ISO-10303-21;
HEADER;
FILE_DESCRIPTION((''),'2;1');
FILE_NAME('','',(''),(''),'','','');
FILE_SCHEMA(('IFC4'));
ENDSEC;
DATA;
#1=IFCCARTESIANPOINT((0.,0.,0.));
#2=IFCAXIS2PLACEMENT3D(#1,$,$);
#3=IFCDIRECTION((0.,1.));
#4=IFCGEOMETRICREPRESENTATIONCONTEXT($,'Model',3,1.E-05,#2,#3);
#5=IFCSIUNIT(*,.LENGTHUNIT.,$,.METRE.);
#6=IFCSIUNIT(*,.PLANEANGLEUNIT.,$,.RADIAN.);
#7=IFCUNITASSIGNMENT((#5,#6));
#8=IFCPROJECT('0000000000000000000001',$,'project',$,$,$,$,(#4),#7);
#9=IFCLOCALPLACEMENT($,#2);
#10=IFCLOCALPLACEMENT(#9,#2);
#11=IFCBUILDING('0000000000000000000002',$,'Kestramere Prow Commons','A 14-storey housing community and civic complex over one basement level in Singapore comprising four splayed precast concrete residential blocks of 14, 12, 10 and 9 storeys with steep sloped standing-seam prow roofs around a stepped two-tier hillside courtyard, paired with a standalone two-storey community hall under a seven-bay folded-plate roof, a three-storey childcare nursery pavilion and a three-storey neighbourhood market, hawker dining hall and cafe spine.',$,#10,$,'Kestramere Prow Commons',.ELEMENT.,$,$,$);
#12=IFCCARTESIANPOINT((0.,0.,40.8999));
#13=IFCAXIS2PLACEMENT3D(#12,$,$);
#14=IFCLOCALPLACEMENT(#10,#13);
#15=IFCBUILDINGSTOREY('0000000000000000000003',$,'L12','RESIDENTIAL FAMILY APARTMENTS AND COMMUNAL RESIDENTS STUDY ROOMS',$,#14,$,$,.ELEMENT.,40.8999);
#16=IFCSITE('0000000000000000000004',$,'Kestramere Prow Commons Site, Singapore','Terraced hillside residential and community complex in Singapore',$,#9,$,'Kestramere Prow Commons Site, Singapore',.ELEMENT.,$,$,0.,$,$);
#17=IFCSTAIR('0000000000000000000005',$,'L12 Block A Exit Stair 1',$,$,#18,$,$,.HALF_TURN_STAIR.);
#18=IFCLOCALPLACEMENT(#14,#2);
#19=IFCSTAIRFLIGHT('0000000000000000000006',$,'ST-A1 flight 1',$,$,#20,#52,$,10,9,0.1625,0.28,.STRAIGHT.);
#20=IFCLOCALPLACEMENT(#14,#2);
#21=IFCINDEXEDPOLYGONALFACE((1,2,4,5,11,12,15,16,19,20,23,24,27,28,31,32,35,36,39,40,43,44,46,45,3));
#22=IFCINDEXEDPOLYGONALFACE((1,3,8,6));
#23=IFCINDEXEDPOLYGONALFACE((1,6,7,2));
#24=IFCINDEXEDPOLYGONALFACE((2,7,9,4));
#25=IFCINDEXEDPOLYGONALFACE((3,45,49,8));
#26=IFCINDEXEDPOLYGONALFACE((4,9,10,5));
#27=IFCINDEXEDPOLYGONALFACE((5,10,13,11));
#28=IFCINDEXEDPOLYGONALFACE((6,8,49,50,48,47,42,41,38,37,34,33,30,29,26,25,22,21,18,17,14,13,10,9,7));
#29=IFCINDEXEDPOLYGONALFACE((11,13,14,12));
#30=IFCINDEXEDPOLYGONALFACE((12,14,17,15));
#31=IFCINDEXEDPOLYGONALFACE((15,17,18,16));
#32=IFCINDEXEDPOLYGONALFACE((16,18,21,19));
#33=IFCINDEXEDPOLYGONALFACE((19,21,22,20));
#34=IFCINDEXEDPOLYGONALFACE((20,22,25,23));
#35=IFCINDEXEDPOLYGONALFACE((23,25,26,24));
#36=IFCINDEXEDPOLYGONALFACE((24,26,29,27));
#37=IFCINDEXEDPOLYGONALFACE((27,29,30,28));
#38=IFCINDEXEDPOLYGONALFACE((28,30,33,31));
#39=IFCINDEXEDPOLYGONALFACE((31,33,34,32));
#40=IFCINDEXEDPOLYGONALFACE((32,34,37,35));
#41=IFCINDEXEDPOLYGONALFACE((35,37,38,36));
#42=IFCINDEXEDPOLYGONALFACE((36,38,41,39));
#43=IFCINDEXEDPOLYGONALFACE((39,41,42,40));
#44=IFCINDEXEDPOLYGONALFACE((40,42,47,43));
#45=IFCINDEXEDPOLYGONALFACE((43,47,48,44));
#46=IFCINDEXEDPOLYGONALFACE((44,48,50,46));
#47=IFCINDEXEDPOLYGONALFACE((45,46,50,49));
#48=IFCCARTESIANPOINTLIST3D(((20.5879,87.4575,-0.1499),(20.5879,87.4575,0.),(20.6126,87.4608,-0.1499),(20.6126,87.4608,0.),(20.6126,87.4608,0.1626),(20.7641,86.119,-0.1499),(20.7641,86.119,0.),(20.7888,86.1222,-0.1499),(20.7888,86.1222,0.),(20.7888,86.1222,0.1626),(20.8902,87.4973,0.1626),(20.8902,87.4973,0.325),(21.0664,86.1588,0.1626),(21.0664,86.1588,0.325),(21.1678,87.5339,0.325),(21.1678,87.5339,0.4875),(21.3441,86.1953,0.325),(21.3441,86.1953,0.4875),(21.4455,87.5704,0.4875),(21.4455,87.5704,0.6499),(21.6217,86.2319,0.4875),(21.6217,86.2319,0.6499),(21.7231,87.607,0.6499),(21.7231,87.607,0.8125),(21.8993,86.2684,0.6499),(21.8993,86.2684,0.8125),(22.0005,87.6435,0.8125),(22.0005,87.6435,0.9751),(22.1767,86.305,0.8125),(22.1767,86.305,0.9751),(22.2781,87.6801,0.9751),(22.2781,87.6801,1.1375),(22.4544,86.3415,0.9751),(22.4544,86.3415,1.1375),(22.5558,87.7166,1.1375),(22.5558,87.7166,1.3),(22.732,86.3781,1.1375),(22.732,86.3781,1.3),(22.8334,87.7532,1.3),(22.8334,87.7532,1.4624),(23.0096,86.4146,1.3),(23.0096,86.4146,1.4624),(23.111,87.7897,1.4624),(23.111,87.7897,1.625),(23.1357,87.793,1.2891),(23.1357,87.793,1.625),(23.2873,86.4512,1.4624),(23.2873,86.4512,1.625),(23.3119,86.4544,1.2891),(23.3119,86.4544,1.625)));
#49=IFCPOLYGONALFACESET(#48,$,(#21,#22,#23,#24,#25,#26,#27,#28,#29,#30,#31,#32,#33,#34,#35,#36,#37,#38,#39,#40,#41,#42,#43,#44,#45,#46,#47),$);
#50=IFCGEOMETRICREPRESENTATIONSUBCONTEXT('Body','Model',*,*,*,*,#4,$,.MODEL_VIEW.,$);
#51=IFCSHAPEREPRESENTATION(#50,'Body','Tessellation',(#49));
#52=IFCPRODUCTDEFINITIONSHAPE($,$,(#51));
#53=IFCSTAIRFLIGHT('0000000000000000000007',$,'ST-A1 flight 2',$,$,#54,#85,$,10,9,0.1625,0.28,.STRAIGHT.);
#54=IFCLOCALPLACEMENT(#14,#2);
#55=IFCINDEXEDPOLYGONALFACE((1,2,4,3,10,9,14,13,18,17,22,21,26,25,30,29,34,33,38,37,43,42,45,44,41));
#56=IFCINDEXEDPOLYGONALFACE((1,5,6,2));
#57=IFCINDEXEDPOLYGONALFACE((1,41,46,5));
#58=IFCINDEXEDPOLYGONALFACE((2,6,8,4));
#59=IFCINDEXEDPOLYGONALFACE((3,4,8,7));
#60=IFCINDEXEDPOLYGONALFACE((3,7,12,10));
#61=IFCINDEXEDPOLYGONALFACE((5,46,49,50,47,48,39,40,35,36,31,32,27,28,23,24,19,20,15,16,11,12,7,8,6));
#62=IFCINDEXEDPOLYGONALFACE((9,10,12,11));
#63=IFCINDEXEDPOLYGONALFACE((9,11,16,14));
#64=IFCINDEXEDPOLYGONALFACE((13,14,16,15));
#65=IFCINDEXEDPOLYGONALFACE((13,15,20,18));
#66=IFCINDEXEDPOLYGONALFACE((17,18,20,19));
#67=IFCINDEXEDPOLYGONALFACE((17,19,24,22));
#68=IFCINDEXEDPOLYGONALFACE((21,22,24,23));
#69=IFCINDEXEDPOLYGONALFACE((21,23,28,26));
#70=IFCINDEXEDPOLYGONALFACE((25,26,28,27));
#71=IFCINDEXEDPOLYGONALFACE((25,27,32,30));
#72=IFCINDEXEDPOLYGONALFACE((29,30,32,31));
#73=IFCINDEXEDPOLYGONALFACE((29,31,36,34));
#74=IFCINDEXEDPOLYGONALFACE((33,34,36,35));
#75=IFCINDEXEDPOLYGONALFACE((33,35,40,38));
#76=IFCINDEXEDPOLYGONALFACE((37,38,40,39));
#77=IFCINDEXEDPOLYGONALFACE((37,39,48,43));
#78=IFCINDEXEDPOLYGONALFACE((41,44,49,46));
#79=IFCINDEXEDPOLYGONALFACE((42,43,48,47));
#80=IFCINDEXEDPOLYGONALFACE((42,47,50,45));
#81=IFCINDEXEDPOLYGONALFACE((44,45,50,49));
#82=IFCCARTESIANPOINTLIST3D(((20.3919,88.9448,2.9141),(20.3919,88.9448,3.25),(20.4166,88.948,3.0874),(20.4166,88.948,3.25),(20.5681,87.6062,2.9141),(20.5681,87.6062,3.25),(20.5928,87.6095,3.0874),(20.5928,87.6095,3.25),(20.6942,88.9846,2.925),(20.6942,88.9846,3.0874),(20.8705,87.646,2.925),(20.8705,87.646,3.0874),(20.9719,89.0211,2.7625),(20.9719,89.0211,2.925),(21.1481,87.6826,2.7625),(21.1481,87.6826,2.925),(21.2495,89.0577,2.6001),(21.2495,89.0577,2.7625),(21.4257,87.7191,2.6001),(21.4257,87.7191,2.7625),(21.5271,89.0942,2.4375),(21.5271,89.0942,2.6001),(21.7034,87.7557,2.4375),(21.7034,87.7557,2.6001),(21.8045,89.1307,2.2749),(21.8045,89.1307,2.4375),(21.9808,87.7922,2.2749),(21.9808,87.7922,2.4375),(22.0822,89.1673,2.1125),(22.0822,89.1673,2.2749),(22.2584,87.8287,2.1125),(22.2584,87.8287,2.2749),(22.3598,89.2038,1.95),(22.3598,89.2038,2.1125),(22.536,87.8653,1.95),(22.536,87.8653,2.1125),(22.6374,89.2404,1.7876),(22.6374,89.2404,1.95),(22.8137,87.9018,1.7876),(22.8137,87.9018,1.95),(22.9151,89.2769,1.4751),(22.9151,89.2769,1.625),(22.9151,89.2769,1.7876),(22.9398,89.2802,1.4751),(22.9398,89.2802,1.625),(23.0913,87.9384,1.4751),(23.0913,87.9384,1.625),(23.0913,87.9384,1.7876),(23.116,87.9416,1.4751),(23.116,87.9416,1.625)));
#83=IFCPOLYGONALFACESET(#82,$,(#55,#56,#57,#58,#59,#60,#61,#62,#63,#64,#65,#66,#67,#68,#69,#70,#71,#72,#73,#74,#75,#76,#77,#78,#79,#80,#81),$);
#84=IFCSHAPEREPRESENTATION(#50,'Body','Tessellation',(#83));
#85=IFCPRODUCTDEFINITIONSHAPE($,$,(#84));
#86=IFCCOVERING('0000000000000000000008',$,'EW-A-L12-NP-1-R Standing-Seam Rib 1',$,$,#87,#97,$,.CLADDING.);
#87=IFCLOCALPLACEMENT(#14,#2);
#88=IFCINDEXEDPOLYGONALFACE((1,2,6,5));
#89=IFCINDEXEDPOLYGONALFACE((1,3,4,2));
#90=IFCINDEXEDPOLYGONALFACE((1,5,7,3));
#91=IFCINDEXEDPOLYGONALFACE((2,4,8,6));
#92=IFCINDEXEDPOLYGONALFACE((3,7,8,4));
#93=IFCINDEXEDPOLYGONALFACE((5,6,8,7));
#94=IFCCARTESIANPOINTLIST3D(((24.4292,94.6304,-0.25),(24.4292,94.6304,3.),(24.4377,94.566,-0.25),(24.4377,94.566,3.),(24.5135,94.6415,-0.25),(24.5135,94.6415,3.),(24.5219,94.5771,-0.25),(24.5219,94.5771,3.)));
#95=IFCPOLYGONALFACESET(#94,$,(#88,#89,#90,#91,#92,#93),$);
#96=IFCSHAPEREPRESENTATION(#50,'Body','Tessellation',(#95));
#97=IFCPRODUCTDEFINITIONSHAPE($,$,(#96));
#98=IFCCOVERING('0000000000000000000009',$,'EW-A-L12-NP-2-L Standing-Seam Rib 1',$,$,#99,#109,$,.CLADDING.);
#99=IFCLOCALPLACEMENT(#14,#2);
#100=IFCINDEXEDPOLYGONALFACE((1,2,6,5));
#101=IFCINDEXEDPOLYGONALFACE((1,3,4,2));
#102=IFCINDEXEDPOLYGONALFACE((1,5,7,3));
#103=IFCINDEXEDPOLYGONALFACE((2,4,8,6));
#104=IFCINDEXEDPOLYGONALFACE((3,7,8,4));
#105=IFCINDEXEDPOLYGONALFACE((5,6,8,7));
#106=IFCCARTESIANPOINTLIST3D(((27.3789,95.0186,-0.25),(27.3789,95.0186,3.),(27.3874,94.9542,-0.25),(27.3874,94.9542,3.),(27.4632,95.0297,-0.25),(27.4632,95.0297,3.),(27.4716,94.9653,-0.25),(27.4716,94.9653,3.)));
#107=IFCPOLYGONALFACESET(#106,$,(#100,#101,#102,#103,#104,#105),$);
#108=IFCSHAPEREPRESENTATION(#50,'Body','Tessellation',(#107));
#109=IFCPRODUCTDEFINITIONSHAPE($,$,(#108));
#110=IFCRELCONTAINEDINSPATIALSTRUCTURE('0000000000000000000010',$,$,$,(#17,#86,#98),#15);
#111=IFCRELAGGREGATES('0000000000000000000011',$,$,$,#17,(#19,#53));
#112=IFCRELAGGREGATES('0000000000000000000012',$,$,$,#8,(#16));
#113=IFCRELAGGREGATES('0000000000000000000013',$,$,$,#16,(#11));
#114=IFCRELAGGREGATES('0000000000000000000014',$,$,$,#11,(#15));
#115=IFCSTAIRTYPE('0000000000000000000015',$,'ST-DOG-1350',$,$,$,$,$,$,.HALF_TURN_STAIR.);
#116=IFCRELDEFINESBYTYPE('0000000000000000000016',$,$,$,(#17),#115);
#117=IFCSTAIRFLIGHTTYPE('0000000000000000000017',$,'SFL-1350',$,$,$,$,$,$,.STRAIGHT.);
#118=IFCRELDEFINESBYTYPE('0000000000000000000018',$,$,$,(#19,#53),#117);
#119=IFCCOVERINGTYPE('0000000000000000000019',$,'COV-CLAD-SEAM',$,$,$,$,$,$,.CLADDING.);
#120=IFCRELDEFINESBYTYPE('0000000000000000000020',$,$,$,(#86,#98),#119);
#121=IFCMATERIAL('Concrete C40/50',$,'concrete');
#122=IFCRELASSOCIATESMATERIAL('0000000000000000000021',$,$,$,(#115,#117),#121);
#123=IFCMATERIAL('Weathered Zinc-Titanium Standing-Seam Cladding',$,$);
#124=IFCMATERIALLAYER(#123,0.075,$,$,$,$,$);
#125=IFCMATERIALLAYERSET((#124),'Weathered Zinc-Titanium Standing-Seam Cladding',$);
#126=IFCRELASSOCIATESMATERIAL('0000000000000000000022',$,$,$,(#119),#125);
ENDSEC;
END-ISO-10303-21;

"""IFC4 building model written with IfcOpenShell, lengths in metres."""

from ifc_helpers import new_model, si_unit, direction, frame, origin, origin_2d, place, context, subcontext, project, spatial, polyline, rectangle, outline, extrude, material, layer, layer_set, type_object, element, aggregate, save


model = new_model("IFC4")

# Units and contexts
model_context = context("Model", 3, precision=1e-05, world=origin(), true_north=direction((0.0, 1.0)))
body_context = subcontext(model_context, "Body", "Model", "MODEL_VIEW")
ifc_project = project(units=[si_unit("LENGTHUNIT", "METRE"), si_unit("PLANEANGLEUNIT", "RADIAN")], contexts=[model_context])

# Site, building, storey
site_placement = place(None, origin())
site = spatial("IfcSite", under=ifc_project, at=site_placement, Name="Kestramere Prow Commons Site, Singapore", Description="Terraced hillside residential and community complex in Singapore", LongName="Kestramere Prow Commons Site, Singapore", CompositionType="ELEMENT", RefElevation=0.0)
building_placement = place(site_placement, origin())
building = spatial("IfcBuilding", under=site, at=building_placement, Name="Kestramere Prow Commons", Description="A 14-storey housing community and civic complex over one basement level in Singapore comprising four splayed precast concrete residential blocks of 14, 12, 10 and 9 storeys with steep sloped standing-seam prow roofs around a stepped two-tier hillside courtyard, paired with a standalone two-storey community hall under a seven-bay folded-plate roof, a three-storey childcare nursery pavilion and a three-storey neighbourhood market, hawker dining hall and cafe spine.", LongName="Kestramere Prow Commons", CompositionType="ELEMENT")
storey_placement = place(building_placement, frame((0.0, 0.0, 40.8999)))
storey = spatial("IfcBuildingStorey", under=building, at=storey_placement, Name="L12", Description="RESIDENTIAL FAMILY APARTMENTS AND COMMUNAL RESIDENTS STUDY ROOMS", CompositionType="ELEMENT", Elevation=40.8999)

# Shared definitions
ifc_material_1 = material(Name="Concrete C40/50", Category="concrete")

# Stair, stair flights
stair_type = type_object("IfcStairType", Name="ST-DOG-1350", PredefinedType="HALF_TURN_STAIR", material=ifc_material_1)
stair_placement = place(storey_placement, origin())
stair = element("IfcStair", 1, at=stair_placement, inside=storey, type_object=stair_type, Name="L12 Block A Exit Stair 1", PredefinedType="HALF_TURN_STAIR")
stair_flight_type = type_object("IfcStairFlightType", Name="SFL-1350", PredefinedType="STRAIGHT", material=ifc_material_1)
stair_flight_1_placement = place(storey_placement, frame((20.7007, 86.7915, 0.0), z_axis=(0.0, 0.0, 1.0), x_axis=(0.991445, 0.130526, 0.0)))
stair_flight_1 = element("IfcStairFlight", 2, at=stair_flight_1_placement, type_object=stair_flight_type, Name="ST-A1 flight 1", NumberOfRisers=10, NumberOfTreads=9, PredefinedType="STRAIGHT", RiserHeight=0.1625, TreadLength=0.28, context=body_context, shape_type="SweptSolid", body=[
    extrude(outline(polyline([(-0.0249, 0.0), (0.0, 0.0), (0.0, 0.1626), (0.28, 0.1626), (0.28, 0.325), (0.5601, 0.325), (0.5601, 0.4875), (0.8401, 0.4875), (0.8401, 0.6499), (1.1201, 0.6499), (1.1201, 0.8125), (1.3999, 0.8125), (1.3999, 0.9751), (1.6799, 0.9751), (1.6799, 1.1375), (1.96, 1.1375), (1.96, 1.3), (2.24, 1.3), (2.24, 1.4624), (2.52, 1.4624), (2.52, 1.625), (2.5449, 1.625), (2.5449, 1.2891), (0.0, -0.1499), (-0.0249, -0.1499), (-0.0249, 0.0)])), frame((0.0, 0.675, 0.0), z_axis=(0.0, -1.0, 0.0), x_axis=(1.0, 0.0, 0.0)), (0.0, 0.0, 1.0), 1.3501),
])
stair_flight_2_placement = place(storey_placement, frame((23.0032, 88.6077, 1.625), z_axis=(0.0, 0.0, 1.0), x_axis=(-0.991445, -0.130526, 0.0)))
stair_flight_2 = element("IfcStairFlight", 3, at=stair_flight_2_placement, type_object=stair_flight_type, Name="ST-A1 flight 2", NumberOfRisers=10, NumberOfTreads=9, PredefinedType="STRAIGHT", RiserHeight=0.1625, TreadLength=0.28, context=body_context, shape_type="SweptSolid", body=[
    extrude(outline(polyline([(-0.0249, 0.0), (0.0, 0.0), (0.0, 0.1626), (0.28, 0.1626), (0.28, 0.325), (0.5601, 0.325), (0.5601, 0.4875), (0.8401, 0.4875), (0.8401, 0.6499), (1.1201, 0.6499), (1.1201, 0.8125), (1.3999, 0.8125), (1.3999, 0.9751), (1.6799, 0.9751), (1.6799, 1.1375), (1.96, 1.1375), (1.96, 1.3), (2.24, 1.3), (2.24, 1.4624), (2.52, 1.4624), (2.52, 1.625), (2.5449, 1.625), (2.5449, 1.2891), (0.0, -0.1499), (-0.0249, -0.1499), (-0.0249, 0.0)])), frame((0.0, 0.675, 0.0), z_axis=(0.0, -1.0, 0.0), x_axis=(1.0, 0.0, 0.0)), (0.0, 0.0, 1.0), 1.3501),
])
aggregate(stair, [stair_flight_1, stair_flight_2])

# Coverings
ifc_material_2 = material(Name="Weathered Zinc-Titanium Standing-Seam Cladding")
ifc_layer_1 = layer(ifc_material_2, 0.075)
ifc_layer_set_1 = layer_set([ifc_layer_1], Name="Weathered Zinc-Titanium Standing-Seam Cladding")
covering_type = type_object("IfcCoveringType", Name="COV-CLAD-SEAM", PredefinedType="CLADDING", material=ifc_layer_set_1)
for number, where, z_axis, x_axis, name in (
    (4, (24.4756, 94.6038, -0.25), (0.0, 0.0, 1.0), (0.991445, 0.130526, 0.0), "EW-A-L12-NP-1-R Standing-Seam Rib 1"),
    (5, (27.4253, 94.9919, -0.25), (0.0, 0.0, 1.0), (0.991445, 0.130526, 0.0), "EW-A-L12-NP-2-L Standing-Seam Rib 1"),
):
    element("IfcCovering", number, at=place(storey_placement, frame(where, z_axis=z_axis, x_axis=x_axis)), inside=storey, type_object=covering_type, Name=name, PredefinedType="CLADDING", context=body_context, shape_type="SweptSolid", body=[
        extrude(rectangle(XDim=0.085, YDim=0.0649, at=origin_2d()), origin(), (0.0, 0.0, 1.0), 3.25),
    ])

save(model, "model.ifc")
